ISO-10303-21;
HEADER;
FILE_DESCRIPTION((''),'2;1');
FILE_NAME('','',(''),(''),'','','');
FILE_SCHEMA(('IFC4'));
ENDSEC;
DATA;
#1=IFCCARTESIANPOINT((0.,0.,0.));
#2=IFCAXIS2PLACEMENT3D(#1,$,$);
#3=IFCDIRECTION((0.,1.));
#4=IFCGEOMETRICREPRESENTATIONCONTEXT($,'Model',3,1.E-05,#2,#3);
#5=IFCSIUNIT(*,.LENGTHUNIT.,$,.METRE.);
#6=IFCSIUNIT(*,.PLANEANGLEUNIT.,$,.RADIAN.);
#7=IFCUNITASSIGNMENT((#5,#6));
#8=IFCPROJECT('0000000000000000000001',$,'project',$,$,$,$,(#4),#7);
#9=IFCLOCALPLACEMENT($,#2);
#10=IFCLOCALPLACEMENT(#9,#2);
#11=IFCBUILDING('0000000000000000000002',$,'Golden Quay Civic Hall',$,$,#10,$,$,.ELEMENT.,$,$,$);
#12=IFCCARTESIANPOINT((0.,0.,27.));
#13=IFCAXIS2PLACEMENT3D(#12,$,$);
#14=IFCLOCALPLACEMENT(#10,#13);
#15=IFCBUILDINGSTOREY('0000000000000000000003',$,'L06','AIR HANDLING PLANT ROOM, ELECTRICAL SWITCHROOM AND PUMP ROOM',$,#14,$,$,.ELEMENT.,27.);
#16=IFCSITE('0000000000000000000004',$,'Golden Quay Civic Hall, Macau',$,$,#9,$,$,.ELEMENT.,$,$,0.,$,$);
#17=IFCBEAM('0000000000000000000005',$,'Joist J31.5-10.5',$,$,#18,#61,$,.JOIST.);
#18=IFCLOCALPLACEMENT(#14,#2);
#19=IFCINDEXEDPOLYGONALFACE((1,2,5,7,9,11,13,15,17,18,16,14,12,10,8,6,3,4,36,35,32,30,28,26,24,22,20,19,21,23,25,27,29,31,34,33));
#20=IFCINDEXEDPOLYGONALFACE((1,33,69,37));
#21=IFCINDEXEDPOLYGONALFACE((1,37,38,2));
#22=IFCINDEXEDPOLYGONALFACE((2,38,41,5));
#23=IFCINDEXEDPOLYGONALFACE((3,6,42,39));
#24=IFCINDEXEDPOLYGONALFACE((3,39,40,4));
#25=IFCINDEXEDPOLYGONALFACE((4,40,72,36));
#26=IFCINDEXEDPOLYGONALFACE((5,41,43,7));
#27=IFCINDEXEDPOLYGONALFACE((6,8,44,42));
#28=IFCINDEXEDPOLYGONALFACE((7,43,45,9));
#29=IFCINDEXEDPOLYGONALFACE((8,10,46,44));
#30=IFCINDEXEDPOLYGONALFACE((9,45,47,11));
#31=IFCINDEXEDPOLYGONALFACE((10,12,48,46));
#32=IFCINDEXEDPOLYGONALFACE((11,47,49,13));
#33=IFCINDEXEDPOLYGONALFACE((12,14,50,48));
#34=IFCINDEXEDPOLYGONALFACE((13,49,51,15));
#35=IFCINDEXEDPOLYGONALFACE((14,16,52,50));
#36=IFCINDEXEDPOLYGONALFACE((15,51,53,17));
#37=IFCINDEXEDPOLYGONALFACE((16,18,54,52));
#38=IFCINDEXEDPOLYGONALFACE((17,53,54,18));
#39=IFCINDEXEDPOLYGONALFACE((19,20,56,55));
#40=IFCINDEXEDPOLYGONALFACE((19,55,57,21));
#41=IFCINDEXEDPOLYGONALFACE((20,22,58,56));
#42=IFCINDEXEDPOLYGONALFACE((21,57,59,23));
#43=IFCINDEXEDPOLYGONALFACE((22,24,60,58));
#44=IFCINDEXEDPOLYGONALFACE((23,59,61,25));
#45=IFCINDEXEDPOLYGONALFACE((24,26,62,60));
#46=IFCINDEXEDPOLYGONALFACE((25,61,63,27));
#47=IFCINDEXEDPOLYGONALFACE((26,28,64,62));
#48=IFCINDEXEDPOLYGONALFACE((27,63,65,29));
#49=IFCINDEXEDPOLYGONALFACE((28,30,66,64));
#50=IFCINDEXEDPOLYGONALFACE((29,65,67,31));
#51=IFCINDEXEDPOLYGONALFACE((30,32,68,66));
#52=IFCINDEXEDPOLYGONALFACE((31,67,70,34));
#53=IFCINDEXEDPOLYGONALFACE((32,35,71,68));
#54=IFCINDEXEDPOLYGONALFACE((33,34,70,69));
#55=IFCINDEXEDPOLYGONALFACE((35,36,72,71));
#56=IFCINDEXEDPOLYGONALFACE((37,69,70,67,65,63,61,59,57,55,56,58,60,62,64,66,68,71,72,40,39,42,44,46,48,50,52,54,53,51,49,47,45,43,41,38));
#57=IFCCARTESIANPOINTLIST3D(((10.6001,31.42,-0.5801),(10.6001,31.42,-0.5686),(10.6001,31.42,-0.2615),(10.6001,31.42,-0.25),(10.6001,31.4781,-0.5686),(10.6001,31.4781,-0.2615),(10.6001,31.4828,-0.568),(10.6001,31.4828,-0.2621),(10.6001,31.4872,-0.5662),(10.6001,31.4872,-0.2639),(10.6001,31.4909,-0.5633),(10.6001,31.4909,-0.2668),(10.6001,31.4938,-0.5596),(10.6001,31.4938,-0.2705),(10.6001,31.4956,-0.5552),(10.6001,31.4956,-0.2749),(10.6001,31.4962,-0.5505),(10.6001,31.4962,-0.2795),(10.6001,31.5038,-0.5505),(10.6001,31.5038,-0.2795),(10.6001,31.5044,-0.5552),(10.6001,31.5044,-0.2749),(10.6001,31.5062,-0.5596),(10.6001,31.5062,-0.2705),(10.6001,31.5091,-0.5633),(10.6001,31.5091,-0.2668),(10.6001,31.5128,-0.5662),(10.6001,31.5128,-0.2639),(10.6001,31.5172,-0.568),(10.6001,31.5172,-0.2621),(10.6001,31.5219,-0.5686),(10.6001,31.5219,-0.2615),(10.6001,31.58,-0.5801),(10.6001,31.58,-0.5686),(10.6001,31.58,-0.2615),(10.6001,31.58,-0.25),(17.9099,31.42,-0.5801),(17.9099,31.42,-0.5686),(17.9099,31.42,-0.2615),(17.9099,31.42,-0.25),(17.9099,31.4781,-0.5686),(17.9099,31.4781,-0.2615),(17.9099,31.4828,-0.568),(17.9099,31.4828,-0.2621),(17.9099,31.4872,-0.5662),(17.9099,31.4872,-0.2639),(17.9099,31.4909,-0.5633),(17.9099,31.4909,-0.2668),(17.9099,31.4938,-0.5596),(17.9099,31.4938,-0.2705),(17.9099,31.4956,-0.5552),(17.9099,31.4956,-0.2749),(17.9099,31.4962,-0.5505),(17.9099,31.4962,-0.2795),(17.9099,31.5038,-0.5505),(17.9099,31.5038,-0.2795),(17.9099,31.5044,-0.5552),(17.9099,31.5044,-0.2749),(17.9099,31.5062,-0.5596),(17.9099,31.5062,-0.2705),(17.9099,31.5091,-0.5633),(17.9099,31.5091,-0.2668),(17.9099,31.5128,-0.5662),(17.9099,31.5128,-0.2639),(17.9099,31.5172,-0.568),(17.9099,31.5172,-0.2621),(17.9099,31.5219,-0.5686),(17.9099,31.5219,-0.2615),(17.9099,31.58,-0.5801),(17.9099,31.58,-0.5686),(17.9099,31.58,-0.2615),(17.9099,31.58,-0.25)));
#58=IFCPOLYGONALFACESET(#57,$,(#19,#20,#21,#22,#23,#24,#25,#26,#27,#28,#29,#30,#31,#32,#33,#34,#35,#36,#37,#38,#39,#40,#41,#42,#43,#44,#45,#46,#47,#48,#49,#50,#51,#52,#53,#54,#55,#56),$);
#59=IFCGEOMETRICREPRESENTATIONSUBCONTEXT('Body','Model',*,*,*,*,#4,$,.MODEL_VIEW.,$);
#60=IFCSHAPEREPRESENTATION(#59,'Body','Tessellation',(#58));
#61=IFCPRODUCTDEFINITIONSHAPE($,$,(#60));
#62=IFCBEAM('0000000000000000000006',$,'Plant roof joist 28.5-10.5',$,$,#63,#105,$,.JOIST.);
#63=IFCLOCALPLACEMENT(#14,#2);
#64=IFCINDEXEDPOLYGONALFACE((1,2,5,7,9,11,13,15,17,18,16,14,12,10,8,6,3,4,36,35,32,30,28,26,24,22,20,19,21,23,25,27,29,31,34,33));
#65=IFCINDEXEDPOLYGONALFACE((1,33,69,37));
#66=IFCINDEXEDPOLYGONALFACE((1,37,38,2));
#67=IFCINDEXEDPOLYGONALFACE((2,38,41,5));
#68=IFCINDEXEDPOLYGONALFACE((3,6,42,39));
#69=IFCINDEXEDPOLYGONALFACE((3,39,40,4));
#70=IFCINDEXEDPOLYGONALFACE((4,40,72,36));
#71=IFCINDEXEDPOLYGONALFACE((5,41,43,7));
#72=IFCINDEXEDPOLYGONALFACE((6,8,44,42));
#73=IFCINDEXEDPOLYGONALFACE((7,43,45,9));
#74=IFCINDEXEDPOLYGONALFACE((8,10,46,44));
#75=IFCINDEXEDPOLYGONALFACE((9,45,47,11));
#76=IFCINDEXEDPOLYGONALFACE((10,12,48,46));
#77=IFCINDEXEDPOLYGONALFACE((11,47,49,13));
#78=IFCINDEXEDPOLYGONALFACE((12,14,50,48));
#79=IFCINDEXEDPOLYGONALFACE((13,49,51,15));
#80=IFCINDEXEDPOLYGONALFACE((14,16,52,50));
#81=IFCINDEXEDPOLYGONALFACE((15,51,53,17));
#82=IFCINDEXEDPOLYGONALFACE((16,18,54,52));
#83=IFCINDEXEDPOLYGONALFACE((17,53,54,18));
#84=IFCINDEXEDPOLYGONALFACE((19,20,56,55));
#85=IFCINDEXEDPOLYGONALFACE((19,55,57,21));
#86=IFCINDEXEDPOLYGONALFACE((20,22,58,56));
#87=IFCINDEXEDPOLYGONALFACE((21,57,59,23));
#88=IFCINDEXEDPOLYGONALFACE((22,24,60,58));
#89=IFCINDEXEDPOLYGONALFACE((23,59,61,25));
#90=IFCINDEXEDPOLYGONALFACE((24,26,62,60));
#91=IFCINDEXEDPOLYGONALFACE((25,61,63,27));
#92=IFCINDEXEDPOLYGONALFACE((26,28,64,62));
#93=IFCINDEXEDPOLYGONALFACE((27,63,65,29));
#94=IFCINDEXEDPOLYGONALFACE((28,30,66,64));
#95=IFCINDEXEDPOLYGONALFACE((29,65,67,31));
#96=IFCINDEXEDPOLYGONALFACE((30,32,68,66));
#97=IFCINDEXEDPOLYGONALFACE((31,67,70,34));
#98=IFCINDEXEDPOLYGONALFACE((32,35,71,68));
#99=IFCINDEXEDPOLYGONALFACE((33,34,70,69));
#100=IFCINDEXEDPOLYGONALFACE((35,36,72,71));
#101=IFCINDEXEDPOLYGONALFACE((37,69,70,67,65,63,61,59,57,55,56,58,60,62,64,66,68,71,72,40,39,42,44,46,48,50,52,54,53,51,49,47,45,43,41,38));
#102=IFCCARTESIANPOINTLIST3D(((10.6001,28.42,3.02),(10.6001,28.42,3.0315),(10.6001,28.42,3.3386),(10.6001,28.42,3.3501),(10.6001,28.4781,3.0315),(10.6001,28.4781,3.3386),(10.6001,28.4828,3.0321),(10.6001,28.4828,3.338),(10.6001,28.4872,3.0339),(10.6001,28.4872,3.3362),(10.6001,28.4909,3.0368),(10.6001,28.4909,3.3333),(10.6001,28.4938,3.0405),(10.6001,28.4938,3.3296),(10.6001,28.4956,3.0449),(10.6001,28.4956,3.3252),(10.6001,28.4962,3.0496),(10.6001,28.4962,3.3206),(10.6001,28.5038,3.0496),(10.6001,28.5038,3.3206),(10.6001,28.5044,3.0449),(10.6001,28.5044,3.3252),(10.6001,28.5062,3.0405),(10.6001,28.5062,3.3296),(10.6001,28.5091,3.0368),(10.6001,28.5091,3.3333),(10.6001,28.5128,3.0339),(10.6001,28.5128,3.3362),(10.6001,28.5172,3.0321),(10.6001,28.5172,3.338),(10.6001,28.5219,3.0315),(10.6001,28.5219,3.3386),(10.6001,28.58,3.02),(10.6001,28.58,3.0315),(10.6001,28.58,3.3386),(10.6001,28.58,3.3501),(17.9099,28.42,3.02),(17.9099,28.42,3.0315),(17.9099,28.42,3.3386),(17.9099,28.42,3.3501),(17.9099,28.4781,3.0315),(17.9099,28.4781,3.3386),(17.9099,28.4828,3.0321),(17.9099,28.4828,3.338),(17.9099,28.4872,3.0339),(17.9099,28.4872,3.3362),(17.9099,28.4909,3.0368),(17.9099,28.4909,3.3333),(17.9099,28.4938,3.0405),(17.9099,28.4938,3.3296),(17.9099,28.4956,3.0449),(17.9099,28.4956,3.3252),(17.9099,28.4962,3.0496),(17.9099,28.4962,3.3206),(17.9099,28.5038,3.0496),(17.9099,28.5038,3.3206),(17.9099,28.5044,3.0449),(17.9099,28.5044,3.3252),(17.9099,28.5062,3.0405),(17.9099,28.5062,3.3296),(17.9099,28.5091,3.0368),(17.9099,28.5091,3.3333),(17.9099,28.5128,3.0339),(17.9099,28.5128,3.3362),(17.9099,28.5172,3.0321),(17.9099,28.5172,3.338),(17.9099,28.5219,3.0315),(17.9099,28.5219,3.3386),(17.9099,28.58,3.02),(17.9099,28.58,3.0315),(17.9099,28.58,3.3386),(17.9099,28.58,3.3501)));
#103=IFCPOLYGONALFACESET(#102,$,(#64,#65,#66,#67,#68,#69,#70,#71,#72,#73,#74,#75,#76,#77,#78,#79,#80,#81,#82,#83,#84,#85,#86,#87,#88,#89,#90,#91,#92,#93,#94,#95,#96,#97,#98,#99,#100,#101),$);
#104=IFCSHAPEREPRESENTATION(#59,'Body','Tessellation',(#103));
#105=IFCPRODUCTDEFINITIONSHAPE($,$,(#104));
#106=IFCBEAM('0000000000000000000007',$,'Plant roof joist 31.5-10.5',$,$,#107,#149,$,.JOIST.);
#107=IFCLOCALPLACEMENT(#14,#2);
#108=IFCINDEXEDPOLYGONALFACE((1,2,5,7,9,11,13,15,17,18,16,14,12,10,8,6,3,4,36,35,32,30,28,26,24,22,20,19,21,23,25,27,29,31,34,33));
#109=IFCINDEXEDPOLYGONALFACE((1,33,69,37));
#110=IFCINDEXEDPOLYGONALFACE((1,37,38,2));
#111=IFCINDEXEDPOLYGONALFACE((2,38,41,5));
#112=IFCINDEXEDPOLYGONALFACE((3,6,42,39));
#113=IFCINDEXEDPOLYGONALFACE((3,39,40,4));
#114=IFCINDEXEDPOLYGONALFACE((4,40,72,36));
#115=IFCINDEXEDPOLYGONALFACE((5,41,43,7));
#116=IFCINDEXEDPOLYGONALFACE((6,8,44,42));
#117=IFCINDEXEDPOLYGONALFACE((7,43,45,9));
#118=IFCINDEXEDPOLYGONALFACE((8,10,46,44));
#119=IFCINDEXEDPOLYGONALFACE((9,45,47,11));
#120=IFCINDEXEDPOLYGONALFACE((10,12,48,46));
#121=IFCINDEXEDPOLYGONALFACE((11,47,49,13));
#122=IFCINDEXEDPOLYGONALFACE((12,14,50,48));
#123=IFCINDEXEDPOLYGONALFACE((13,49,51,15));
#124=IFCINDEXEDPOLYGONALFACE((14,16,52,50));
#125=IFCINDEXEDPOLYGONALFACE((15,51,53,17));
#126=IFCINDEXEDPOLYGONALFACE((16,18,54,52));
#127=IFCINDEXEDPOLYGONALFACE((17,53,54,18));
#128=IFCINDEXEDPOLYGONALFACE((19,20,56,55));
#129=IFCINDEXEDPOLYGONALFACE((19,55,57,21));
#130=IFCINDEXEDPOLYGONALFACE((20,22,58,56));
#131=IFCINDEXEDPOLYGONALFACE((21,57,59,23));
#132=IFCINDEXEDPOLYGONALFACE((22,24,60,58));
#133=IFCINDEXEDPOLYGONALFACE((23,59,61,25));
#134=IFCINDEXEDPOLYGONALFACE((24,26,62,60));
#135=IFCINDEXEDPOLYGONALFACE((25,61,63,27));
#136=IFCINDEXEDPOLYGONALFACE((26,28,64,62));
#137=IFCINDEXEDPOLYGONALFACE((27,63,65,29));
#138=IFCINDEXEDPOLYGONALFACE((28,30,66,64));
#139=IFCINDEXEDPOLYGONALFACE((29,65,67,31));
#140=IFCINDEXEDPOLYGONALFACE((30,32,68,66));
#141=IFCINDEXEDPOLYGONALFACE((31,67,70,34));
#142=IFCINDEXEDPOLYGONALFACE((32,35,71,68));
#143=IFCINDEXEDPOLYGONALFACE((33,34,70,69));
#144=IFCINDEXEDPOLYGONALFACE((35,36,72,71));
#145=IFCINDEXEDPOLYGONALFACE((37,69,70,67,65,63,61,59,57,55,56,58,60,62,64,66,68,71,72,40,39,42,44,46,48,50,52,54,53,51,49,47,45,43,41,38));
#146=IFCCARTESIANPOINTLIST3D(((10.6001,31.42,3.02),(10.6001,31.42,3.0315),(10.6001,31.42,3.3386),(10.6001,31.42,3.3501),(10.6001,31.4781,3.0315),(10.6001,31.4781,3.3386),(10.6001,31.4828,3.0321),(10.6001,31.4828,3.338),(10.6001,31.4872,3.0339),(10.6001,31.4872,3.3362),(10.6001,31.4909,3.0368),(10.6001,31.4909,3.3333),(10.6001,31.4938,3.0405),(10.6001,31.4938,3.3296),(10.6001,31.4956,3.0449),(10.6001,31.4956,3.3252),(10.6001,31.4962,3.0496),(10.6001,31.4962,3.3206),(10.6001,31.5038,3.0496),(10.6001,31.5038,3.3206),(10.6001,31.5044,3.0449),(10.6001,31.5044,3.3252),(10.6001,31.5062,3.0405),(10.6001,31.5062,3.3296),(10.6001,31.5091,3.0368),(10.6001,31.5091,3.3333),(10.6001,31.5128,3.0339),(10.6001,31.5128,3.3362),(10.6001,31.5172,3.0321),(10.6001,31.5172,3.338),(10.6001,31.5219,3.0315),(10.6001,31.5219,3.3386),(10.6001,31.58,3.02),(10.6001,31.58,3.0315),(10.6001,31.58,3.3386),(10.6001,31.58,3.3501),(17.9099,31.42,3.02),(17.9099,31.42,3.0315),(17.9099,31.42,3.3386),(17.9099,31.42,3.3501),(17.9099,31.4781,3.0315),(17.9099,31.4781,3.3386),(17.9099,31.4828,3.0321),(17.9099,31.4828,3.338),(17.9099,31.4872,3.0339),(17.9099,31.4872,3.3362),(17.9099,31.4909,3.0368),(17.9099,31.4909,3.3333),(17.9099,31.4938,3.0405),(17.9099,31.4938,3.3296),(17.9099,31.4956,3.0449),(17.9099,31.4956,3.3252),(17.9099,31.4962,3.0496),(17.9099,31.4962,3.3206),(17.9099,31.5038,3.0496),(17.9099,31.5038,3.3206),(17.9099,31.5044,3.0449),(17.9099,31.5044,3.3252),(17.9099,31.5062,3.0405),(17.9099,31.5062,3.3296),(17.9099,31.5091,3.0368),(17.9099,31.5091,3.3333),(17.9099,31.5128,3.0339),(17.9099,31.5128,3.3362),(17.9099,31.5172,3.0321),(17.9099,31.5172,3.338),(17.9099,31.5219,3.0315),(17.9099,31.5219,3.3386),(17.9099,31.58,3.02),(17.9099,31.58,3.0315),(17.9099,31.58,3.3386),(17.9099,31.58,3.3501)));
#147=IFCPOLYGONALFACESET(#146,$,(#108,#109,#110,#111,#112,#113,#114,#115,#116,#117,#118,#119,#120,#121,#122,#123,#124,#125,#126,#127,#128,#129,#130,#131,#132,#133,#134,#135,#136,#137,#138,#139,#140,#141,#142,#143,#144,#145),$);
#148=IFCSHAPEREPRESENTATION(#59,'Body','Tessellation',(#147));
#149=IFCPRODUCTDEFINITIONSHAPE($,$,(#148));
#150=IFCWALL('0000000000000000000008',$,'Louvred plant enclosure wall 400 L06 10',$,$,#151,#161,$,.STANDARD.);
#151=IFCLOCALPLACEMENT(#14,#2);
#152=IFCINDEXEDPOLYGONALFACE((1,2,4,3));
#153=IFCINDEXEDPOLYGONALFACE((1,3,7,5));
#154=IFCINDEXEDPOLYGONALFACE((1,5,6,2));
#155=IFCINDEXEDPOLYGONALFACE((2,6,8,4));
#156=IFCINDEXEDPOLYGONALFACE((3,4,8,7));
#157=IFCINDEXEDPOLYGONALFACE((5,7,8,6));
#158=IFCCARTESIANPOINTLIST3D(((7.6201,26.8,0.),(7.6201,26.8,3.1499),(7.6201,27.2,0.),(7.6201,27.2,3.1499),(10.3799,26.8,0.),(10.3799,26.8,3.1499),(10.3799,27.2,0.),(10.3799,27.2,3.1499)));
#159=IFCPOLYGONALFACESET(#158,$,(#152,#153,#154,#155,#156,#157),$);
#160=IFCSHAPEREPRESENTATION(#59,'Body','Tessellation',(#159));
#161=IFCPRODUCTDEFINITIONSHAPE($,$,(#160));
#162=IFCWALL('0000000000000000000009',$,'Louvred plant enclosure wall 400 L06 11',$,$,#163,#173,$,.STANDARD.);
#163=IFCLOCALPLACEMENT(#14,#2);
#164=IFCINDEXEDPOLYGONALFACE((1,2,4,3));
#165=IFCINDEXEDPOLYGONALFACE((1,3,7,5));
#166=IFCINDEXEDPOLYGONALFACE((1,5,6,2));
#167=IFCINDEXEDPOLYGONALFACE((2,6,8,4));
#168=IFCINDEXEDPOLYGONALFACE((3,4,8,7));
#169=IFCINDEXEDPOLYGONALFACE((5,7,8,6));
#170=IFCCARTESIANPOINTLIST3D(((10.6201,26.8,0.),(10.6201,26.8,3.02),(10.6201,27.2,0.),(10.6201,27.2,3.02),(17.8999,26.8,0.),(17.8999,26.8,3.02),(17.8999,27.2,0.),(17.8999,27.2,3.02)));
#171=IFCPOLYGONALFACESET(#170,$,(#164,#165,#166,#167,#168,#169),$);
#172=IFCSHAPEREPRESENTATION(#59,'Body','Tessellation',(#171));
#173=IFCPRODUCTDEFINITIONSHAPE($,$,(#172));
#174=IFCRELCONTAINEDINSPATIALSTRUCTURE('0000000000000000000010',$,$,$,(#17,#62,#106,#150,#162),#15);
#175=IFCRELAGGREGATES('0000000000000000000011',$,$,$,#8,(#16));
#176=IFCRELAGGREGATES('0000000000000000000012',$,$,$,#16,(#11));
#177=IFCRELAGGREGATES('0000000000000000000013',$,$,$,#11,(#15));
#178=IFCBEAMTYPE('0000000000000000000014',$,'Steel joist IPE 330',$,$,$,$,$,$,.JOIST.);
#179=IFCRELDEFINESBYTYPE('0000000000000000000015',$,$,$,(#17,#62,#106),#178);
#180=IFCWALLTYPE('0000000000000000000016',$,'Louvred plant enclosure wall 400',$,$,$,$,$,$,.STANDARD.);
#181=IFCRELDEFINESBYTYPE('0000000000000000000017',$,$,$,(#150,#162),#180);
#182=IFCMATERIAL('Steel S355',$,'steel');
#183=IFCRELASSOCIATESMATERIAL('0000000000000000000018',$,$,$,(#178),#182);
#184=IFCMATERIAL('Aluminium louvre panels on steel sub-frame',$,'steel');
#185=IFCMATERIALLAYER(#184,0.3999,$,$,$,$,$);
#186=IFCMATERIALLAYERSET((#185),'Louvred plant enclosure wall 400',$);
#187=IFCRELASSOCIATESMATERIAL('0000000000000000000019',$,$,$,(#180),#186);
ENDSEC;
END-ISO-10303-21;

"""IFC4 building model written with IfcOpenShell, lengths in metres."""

from ifc_helpers import new_model, si_unit, direction, frame, frame_2d, origin, origin_2d, place, context, subcontext, project, spatial, rectangle, i_section, extrude, material, layer, layer_set, material_profile, profile_set, type_object, element, save


model = new_model("IFC4")

# Units and contexts
model_context = context("Model", 3, precision=1e-05, world=origin(), true_north=direction((0.0, 1.0)))
body_context = subcontext(model_context, "Body", "Model", "MODEL_VIEW")
ifc_project = project(units=[si_unit("LENGTHUNIT", "METRE"), si_unit("PLANEANGLEUNIT", "RADIAN")], contexts=[model_context])

# Site, building, storey
site_placement = place(None, origin())
site = spatial("IfcSite", under=ifc_project, at=site_placement, Name="Golden Quay Civic Hall, Macau", CompositionType="ELEMENT", RefElevation=0.0)
building_placement = place(site_placement, origin())
building = spatial("IfcBuilding", under=site, at=building_placement, Name="Golden Quay Civic Hall", CompositionType="ELEMENT")
storey_placement = place(building_placement, frame((0.0, 0.0, 27.0)))
storey = spatial("IfcBuildingStorey", under=building, at=storey_placement, Name="L06", Description="AIR HANDLING PLANT ROOM, ELECTRICAL SWITCHROOM AND PUMP ROOM", CompositionType="ELEMENT", Elevation=27.0)

# Beams
ifc_material_1 = material(Name="Steel S355", Category="steel")
ifc_material_profile_1 = material_profile(ifc_material_1, i_section(OverallWidth=0.1599, OverallDepth=0.3301, WebThickness=0.0076, FlangeThickness=0.0115, FilletRadius=0.0181, at=origin_2d()), Name="IPE 330")
ifc_profile_set_1 = profile_set([ifc_material_profile_1], Name="Steel S355")
beam_type_1 = type_object("IfcBeamType", Name="Steel joist IPE 330", PredefinedType="JOIST", material=ifc_profile_set_1)
for number, where, z_axis, x_axis, name in (
    (1, (10.6001, 31.5, -0.415), (1.0, 0.0, 0.0), (0.0, 1.0, 0.0), "Joist J31.5-10.5"),
    (2, (10.6001, 28.5, 3.1851), (1.0, 0.0, 0.0), (0.0, 1.0, 0.0), "Plant roof joist 28.5-10.5"),
    (3, (10.6001, 31.5, 3.1851), (1.0, 0.0, 0.0), (0.0, 1.0, 0.0), "Plant roof joist 31.5-10.5"),
):
    element("IfcBeam", number, at=place(storey_placement, frame(where, z_axis=z_axis, x_axis=x_axis)), inside=storey, type_object=beam_type_1, Name=name, PredefinedType="JOIST", context=body_context, shape_type="SweptSolid", body=[
        extrude(i_section(OverallWidth=0.1599, OverallDepth=0.3301, WebThickness=0.0076, FlangeThickness=0.0115, FilletRadius=0.0181, at=origin_2d()), origin(), (0.0, 0.0, 1.0), 7.3098),
    ])

# Walls
ifc_material_2 = material(Name="Aluminium louvre panels on steel sub-frame", Category="steel")
ifc_layer_1 = layer(ifc_material_2, 0.3999)
ifc_layer_set_1 = layer_set([ifc_layer_1], Name="Louvred plant enclosure wall 400")
wall_type_1 = type_object("IfcWallType", Name="Louvred plant enclosure wall 400", PredefinedType="STANDARD", material=ifc_layer_set_1)
wall_1_placement = place(storey_placement, frame((10.3799, 27.0, 0.0), z_axis=(0.0, 0.0, 1.0), x_axis=(-1.0, 0.0, 0.0)))
element("IfcWall", 4, at=wall_1_placement, inside=storey, type_object=wall_type_1, Name="Louvred plant enclosure wall 400 L06 10", PredefinedType="STANDARD", context=body_context, shape_type="SweptSolid", body=[
    extrude(rectangle(XDim=2.7598, YDim=0.3999, at=frame_2d((1.3799, 0.0))), origin(), (0.0, 0.0, 1.0), 3.1499),
])
wall_2_placement = place(storey_placement, frame((17.8999, 27.0, 0.0), z_axis=(0.0, 0.0, 1.0), x_axis=(-1.0, 0.0, 0.0)))
element("IfcWall", 5, at=wall_2_placement, inside=storey, type_object=wall_type_1, Name="Louvred plant enclosure wall 400 L06 11", PredefinedType="STANDARD", context=body_context, shape_type="SweptSolid", body=[
    extrude(rectangle(XDim=7.2798, YDim=0.3999, at=frame_2d((3.6399, 0.0))), origin(), (0.0, 0.0, 1.0), 3.02),
])

save(model, "model.ifc")
